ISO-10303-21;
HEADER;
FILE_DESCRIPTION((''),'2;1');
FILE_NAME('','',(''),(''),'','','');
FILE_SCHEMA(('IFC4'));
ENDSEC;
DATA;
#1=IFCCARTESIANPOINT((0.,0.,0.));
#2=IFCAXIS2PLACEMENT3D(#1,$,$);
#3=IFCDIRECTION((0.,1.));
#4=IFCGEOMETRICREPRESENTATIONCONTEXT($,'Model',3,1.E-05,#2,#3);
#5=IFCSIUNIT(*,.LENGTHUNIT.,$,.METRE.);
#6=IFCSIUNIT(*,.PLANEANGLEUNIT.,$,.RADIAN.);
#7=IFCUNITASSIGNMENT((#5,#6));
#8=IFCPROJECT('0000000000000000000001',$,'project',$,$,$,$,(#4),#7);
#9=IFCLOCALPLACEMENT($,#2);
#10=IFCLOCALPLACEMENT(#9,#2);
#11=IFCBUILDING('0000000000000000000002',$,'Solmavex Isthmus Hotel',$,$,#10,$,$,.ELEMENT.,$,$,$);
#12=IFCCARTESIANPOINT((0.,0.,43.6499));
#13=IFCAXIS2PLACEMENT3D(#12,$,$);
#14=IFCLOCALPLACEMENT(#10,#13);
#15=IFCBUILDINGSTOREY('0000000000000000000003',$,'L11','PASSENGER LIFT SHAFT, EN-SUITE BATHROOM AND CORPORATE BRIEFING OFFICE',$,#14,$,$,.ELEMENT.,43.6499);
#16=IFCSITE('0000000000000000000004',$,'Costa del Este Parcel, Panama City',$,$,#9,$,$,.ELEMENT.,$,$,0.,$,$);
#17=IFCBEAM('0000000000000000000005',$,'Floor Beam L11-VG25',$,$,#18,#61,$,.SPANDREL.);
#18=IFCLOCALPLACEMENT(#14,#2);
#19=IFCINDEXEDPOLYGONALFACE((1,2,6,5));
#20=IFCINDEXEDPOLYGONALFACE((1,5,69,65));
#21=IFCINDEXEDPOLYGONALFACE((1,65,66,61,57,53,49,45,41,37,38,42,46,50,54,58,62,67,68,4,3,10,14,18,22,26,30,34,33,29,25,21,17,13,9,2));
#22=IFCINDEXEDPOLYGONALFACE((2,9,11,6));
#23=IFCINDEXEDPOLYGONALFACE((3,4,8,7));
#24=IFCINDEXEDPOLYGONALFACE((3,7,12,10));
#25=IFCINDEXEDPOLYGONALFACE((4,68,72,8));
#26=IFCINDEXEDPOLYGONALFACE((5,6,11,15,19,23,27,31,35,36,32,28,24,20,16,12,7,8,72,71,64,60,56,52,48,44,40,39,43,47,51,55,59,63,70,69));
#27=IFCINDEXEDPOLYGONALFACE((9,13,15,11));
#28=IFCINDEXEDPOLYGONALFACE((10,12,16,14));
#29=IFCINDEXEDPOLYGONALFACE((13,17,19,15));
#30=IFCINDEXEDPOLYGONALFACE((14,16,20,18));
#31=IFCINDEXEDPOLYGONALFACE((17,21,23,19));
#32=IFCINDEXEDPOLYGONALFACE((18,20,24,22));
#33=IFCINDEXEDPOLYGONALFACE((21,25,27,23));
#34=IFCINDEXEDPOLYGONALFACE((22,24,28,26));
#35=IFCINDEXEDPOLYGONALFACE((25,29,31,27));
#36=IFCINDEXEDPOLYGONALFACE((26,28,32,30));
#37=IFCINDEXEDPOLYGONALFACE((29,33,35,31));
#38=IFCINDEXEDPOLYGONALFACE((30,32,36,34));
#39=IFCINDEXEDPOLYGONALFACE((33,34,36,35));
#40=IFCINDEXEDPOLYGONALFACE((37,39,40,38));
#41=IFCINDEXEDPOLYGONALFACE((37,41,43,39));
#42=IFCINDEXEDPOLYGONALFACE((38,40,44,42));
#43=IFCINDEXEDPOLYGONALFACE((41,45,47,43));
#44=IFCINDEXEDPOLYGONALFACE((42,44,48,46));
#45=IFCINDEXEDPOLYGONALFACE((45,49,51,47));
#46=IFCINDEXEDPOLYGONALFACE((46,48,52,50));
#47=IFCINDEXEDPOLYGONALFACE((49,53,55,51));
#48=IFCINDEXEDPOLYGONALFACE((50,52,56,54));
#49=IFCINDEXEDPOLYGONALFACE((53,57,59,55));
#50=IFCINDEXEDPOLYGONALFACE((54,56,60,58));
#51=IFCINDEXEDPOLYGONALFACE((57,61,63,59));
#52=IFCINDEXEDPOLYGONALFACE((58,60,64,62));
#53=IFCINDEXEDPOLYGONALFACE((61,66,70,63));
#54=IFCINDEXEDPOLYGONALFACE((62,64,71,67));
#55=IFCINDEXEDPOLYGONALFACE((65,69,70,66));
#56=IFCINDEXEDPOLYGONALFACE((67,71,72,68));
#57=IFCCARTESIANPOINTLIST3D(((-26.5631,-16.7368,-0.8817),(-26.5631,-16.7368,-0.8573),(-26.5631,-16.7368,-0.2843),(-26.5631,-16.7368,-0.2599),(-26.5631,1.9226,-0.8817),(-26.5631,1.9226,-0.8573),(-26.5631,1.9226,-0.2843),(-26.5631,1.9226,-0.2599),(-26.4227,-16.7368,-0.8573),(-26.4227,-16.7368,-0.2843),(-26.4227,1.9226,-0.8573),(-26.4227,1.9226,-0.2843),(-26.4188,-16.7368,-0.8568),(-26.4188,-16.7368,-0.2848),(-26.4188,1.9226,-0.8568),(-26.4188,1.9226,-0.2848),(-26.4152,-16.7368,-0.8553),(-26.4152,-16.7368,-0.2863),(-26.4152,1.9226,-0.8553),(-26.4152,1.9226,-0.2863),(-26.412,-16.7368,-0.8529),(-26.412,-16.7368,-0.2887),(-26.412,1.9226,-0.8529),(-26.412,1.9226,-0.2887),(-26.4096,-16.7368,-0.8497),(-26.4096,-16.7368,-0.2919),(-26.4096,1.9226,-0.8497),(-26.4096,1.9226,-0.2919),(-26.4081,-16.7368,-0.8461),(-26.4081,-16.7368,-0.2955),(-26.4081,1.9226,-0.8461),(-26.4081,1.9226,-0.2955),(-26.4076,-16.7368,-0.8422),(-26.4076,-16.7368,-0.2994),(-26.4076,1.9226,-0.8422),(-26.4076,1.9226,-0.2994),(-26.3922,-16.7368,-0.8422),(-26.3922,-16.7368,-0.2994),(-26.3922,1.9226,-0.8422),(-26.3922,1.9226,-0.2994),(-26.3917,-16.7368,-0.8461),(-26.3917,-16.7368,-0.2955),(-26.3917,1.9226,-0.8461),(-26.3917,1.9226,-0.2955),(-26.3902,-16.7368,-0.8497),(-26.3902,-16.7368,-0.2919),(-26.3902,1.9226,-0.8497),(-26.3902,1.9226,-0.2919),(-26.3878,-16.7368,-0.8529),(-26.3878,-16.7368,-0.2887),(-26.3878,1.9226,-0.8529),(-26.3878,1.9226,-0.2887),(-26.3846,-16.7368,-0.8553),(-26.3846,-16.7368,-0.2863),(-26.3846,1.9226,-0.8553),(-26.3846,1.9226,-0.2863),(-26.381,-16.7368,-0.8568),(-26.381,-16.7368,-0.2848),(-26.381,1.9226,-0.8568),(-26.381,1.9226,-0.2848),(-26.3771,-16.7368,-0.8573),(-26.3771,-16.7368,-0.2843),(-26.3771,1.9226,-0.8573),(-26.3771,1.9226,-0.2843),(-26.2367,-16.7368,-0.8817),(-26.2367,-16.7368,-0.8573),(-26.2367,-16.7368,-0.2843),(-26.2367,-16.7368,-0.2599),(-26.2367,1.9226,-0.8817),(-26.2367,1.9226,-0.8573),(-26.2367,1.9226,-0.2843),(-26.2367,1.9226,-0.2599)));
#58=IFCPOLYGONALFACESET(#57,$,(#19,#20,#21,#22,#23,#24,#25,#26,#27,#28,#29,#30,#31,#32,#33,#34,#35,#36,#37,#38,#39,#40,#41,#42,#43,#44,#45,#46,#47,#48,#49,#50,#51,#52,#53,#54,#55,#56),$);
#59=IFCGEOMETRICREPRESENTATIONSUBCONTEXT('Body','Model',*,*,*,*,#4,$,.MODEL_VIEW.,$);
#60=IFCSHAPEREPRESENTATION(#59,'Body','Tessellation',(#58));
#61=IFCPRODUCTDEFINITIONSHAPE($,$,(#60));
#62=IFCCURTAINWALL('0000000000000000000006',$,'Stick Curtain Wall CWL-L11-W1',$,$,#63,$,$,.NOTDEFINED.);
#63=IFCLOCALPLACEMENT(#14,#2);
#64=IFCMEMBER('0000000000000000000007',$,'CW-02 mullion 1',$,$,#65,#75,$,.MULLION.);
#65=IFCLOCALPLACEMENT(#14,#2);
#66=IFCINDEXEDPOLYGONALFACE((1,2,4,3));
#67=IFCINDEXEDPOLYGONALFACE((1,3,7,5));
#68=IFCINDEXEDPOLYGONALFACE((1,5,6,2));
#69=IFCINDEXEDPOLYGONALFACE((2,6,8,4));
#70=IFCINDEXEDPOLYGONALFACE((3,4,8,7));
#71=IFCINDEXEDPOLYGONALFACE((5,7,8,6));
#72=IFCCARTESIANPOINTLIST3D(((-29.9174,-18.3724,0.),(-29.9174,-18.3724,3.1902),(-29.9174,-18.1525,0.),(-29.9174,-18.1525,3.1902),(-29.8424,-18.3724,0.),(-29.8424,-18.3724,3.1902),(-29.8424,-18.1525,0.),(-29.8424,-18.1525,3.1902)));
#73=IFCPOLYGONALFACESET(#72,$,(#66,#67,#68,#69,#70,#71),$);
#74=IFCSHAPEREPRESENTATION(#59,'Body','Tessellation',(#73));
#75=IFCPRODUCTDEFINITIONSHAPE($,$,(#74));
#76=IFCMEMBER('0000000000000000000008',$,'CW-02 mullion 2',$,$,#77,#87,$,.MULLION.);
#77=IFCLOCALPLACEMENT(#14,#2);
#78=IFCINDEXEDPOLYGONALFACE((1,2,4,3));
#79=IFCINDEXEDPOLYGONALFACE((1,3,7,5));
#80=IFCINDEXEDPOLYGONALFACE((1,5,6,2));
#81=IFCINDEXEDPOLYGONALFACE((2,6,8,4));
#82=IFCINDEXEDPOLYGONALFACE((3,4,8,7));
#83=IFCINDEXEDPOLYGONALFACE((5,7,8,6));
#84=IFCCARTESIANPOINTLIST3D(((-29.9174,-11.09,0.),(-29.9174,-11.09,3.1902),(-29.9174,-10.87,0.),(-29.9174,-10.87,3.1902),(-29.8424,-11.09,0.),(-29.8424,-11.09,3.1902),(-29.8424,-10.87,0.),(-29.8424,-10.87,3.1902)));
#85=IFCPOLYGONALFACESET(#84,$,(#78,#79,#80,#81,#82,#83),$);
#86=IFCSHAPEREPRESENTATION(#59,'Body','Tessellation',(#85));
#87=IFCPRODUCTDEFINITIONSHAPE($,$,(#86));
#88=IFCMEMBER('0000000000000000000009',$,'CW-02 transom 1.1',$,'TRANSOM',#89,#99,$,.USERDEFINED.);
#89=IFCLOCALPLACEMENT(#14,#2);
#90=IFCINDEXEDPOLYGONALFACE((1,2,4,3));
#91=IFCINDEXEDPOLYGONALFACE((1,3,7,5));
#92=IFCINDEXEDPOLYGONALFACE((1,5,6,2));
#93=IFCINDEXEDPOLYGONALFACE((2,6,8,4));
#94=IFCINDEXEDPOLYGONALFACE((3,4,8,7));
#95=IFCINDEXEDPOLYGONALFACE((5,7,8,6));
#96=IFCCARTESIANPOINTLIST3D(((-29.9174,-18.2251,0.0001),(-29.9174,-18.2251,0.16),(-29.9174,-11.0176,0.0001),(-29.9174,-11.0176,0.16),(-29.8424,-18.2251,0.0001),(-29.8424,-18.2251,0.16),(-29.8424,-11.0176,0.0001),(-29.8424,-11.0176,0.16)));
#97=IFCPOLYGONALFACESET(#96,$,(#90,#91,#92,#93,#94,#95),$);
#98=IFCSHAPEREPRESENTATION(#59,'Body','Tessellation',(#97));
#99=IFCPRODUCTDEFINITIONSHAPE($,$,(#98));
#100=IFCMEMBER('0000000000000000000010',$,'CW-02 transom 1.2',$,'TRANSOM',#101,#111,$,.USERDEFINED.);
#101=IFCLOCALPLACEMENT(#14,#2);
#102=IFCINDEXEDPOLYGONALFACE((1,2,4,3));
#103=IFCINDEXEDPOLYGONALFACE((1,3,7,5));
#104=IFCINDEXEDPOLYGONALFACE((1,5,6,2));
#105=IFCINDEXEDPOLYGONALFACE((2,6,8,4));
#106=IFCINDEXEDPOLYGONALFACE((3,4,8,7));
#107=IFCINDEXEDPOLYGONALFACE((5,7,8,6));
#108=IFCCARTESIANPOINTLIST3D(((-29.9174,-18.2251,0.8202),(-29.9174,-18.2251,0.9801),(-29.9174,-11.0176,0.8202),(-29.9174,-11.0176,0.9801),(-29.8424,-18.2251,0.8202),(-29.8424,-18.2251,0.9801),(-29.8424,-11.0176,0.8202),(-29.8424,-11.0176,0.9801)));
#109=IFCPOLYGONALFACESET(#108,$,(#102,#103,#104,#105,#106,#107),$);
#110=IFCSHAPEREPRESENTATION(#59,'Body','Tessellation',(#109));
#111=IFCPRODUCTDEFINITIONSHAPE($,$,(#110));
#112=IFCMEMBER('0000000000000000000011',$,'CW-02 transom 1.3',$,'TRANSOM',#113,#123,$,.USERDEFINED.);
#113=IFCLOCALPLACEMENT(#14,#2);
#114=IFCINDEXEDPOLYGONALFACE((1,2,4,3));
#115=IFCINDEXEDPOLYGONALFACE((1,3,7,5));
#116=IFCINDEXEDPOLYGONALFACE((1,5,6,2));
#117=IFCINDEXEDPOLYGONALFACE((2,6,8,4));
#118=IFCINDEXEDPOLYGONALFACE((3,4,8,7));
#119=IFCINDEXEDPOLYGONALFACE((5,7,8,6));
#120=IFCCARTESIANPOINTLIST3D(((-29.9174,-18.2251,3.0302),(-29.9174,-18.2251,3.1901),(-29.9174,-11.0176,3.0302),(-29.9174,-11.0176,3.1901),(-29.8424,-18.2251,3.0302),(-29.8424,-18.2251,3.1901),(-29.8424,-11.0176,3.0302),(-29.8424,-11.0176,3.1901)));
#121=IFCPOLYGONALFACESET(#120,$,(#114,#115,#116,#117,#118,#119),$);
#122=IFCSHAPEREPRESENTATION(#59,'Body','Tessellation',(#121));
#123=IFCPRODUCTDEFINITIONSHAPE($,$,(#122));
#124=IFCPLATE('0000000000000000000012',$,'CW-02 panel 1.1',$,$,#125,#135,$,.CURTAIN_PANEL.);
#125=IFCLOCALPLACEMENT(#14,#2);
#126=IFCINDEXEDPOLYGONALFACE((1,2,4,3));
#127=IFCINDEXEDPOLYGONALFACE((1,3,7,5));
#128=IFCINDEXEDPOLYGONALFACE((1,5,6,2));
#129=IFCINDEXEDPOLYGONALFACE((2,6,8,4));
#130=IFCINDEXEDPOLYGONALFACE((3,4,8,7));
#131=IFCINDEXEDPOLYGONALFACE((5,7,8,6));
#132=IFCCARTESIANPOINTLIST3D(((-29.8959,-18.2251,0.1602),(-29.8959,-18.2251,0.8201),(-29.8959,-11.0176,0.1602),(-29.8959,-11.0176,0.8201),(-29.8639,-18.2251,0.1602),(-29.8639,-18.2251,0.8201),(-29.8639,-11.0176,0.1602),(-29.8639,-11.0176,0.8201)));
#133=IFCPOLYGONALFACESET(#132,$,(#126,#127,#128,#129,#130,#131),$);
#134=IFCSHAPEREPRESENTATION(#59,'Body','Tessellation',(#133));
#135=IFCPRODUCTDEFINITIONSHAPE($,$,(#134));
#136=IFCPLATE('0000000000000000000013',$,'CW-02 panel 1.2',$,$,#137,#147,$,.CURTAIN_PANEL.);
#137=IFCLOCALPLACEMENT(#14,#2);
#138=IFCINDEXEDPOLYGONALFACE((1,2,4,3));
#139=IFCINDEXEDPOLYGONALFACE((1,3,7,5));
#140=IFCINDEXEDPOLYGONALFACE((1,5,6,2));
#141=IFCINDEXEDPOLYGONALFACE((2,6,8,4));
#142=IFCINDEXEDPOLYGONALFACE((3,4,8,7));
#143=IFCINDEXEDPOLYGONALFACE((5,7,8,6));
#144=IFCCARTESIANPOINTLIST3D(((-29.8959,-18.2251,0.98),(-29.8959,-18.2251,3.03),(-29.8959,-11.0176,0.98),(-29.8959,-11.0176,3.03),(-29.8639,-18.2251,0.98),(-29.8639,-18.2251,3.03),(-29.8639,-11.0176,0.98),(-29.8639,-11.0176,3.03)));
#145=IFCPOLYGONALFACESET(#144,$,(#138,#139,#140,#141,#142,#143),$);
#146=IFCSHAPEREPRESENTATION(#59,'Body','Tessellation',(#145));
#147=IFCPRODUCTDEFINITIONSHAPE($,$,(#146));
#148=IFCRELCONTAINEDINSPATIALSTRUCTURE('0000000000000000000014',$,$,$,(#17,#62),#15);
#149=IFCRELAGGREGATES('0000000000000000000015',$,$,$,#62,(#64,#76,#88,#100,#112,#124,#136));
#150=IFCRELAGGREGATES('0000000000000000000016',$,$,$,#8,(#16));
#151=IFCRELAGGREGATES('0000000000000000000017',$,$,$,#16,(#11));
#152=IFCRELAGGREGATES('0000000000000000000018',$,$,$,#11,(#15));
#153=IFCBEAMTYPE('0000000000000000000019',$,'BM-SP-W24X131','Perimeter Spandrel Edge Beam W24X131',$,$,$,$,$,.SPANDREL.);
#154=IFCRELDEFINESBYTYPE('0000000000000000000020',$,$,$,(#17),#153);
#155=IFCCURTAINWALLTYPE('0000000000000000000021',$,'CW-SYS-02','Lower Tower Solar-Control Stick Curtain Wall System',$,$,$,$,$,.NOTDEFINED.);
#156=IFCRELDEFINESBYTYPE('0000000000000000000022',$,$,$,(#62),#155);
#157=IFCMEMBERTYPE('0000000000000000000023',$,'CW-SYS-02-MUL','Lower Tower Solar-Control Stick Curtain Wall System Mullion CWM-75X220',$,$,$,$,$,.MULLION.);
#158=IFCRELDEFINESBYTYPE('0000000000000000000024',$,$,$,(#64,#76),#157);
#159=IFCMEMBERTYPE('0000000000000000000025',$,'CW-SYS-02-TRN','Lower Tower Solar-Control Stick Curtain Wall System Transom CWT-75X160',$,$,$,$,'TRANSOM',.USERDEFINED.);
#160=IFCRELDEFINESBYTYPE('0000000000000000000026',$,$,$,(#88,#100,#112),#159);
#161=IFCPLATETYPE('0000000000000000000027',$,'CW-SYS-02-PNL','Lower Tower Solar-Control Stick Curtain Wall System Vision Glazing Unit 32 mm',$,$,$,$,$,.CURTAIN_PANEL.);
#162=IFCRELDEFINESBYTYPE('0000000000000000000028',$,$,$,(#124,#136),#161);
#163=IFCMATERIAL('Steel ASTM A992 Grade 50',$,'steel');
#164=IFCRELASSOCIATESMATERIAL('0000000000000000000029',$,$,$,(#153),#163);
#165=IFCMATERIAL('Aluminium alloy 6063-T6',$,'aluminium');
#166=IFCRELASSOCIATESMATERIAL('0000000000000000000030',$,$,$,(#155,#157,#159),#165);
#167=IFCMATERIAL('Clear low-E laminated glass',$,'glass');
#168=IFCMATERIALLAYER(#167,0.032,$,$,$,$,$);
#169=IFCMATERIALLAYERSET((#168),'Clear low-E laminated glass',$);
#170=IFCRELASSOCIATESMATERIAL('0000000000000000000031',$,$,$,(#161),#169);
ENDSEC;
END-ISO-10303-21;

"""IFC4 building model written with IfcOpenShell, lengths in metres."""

from ifc_helpers import new_model, si_unit, direction, frame, origin, origin_2d, place, context, subcontext, project, spatial, rectangle, i_section, extrude, material, layer, layer_set, material_profile, profile_set, type_object, element, aggregate, save


model = new_model("IFC4")

# Units and contexts
model_context = context("Model", 3, precision=1e-05, world=origin(), true_north=direction((0.0, 1.0)))
body_context = subcontext(model_context, "Body", "Model", "MODEL_VIEW")
ifc_project = project(units=[si_unit("LENGTHUNIT", "METRE"), si_unit("PLANEANGLEUNIT", "RADIAN")], contexts=[model_context])

# Site, building, storey
site_placement = place(None, origin())
site = spatial("IfcSite", under=ifc_project, at=site_placement, Name="Costa del Este Parcel, Panama City", CompositionType="ELEMENT", RefElevation=0.0)
building_placement = place(site_placement, origin())
building = spatial("IfcBuilding", under=site, at=building_placement, Name="Solmavex Isthmus Hotel", CompositionType="ELEMENT")
storey_placement = place(building_placement, frame((0.0, 0.0, 43.6499)))
storey = spatial("IfcBuildingStorey", under=building, at=storey_placement, Name="L11", Description="PASSENGER LIFT SHAFT, EN-SUITE BATHROOM AND CORPORATE BRIEFING OFFICE", CompositionType="ELEMENT", Elevation=43.6499)

# Beam
ifc_material_1 = material(Name="Steel ASTM A992 Grade 50", Category="steel")
ifc_material_profile_1 = material_profile(ifc_material_1, i_section(OverallWidth=0.3264, OverallDepth=0.6218, WebThickness=0.0154, FlangeThickness=0.0244, FilletRadius=0.0151, at=origin_2d()), Name="W24X131")
ifc_profile_set_1 = profile_set([ifc_material_profile_1], Name="Steel ASTM A992 Grade 50")
beam_type_1 = type_object("IfcBeamType", Name="BM-SP-W24X131", Description="Perimeter Spandrel Edge Beam W24X131", PredefinedType="SPANDREL", material=ifc_profile_set_1)
beam_1_placement = place(storey_placement, frame((-26.3999, -16.7368, -0.5708), z_axis=(0.0, 1.0, 0.0), x_axis=(-1.0, 0.0, 0.0)))
element("IfcBeam", 1, at=beam_1_placement, inside=storey, type_object=beam_type_1, Name="Floor Beam L11-VG25", PredefinedType="SPANDREL", context=body_context, shape_type="SweptSolid", body=[
    extrude(i_section(OverallWidth=0.3264, OverallDepth=0.6218, WebThickness=0.0154, FlangeThickness=0.0244, FilletRadius=0.0151, at=origin_2d()), origin(), (0.0, 0.0, 1.0), 18.6594),
])

# Curtain wall, members, plates
ifc_material_2 = material(Name="Aluminium alloy 6063-T6", Category="aluminium")
curtain_wall_type = type_object("IfcCurtainWallType", Name="CW-SYS-02", Description="Lower Tower Solar-Control Stick Curtain Wall System", PredefinedType="NOTDEFINED", material=ifc_material_2)
curtain_wall_placement = place(storey_placement, origin())
curtain_wall = element("IfcCurtainWall", 2, at=curtain_wall_placement, inside=storey, type_object=curtain_wall_type, Name="Stick Curtain Wall CWL-L11-W1", PredefinedType="NOTDEFINED")
ifc_material_profile_2 = material_profile(ifc_material_2, rectangle(XDim=0.075, YDim=0.22, at=origin_2d()), Name="CWM-75X220")
ifc_profile_set_2 = profile_set([ifc_material_profile_2], Name="Aluminium alloy 6063-T6")
member_type_1 = type_object("IfcMemberType", Name="CW-SYS-02-MUL", Description="Lower Tower Solar-Control Stick Curtain Wall System Mullion CWM-75X220", PredefinedType="MULLION", material=ifc_profile_set_2)
member_1_placement = place(storey_placement, frame((-29.8799, -18.2625, 0.0), z_axis=(0.0, 0.0, 1.0), x_axis=(-1.0, 0.0, 0.0)))
member_1 = element("IfcMember", 3, at=member_1_placement, type_object=member_type_1, Name="CW-02 mullion 1", PredefinedType="MULLION", context=body_context, shape_type="SweptSolid", body=[
    extrude(rectangle(XDim=0.075, YDim=0.22, at=origin_2d()), origin(), (0.0, 0.0, 1.0), 3.1902),
])
member_2_placement = place(storey_placement, frame((-29.8799, -10.98, 0.0), z_axis=(0.0, 0.0, 1.0), x_axis=(-1.0, 0.0, 0.0)))
member_2 = element("IfcMember", 4, at=member_2_placement, type_object=member_type_1, Name="CW-02 mullion 2", PredefinedType="MULLION", context=body_context, shape_type="SweptSolid", body=[
    extrude(rectangle(XDim=0.075, YDim=0.22, at=origin_2d()), origin(), (0.0, 0.0, 1.0), 3.1902),
])
ifc_material_profile_3 = material_profile(ifc_material_2, rectangle(XDim=0.075, YDim=0.1599, at=origin_2d()), Name="CWT-75X160")
ifc_profile_set_3 = profile_set([ifc_material_profile_3], Name="Aluminium alloy 6063-T6")
member_type_2 = type_object("IfcMemberType", Name="CW-SYS-02-TRN", Description="Lower Tower Solar-Control Stick Curtain Wall System Transom CWT-75X160", ElementType="TRANSOM", PredefinedType="USERDEFINED", material=ifc_profile_set_3)
member_3_placement = place(storey_placement, frame((-29.8799, -18.2251, 0.0801), z_axis=(0.0, 1.0, 0.0), x_axis=(-1.0, 0.0, 0.0)))
member_3 = element("IfcMember", 5, at=member_3_placement, type_object=member_type_2, Name="CW-02 transom 1.1", ObjectType="TRANSOM", PredefinedType="USERDEFINED", context=body_context, shape_type="SweptSolid", body=[
    extrude(rectangle(XDim=0.075, YDim=0.1599, at=origin_2d()), origin(), (0.0, 0.0, 1.0), 7.2075),
])
member_4_placement = place(storey_placement, frame((-29.8799, -18.2251, 0.9001), z_axis=(0.0, 1.0, 0.0), x_axis=(-1.0, 0.0, 0.0)))
member_4 = element("IfcMember", 6, at=member_4_placement, type_object=member_type_2, Name="CW-02 transom 1.2", ObjectType="TRANSOM", PredefinedType="USERDEFINED", context=body_context, shape_type="SweptSolid", body=[
    extrude(rectangle(XDim=0.075, YDim=0.1599, at=origin_2d()), origin(), (0.0, 0.0, 1.0), 7.2075),
])
member_5_placement = place(storey_placement, frame((-29.8799, -18.2251, 3.1101), z_axis=(0.0, 1.0, 0.0), x_axis=(-1.0, 0.0, 0.0)))
member_5 = element("IfcMember", 7, at=member_5_placement, type_object=member_type_2, Name="CW-02 transom 1.3", ObjectType="TRANSOM", PredefinedType="USERDEFINED", context=body_context, shape_type="SweptSolid", body=[
    extrude(rectangle(XDim=0.075, YDim=0.1599, at=origin_2d()), origin(), (0.0, 0.0, 1.0), 7.2075),
])
ifc_material_3 = material(Name="Clear low-E laminated glass", Category="glass")
ifc_layer_1 = layer(ifc_material_3, 0.032)
ifc_layer_set_1 = layer_set([ifc_layer_1], Name="Clear low-E laminated glass")
plate_type = type_object("IfcPlateType", Name="CW-SYS-02-PNL", Description="Lower Tower Solar-Control Stick Curtain Wall System Vision Glazing Unit 32 mm", PredefinedType="CURTAIN_PANEL", material=ifc_layer_set_1)
plate_1_placement = place(storey_placement, frame((-29.8799, -14.6213, 0.1602), z_axis=(0.0, 0.0, 1.0), x_axis=(0.0, 1.0, 0.0)))
plate_1 = element("IfcPlate", 8, at=plate_1_placement, type_object=plate_type, Name="CW-02 panel 1.1", PredefinedType="CURTAIN_PANEL", context=body_context, shape_type="SweptSolid", body=[
    extrude(rectangle(XDim=7.2075, YDim=0.032, at=origin_2d()), origin(), (0.0, 0.0, 1.0), 0.6599),
])
plate_2_placement = place(storey_placement, frame((-29.8799, -14.6213, 0.98), z_axis=(0.0, 0.0, 1.0), x_axis=(0.0, 1.0, 0.0)))
plate_2 = element("IfcPlate", 9, at=plate_2_placement, type_object=plate_type, Name="CW-02 panel 1.2", PredefinedType="CURTAIN_PANEL", context=body_context, shape_type="SweptSolid", body=[
    extrude(rectangle(XDim=7.2075, YDim=0.032, at=origin_2d()), origin(), (0.0, 0.0, 1.0), 2.05),
])
aggregate(curtain_wall, [member_1, member_2, member_3, member_4, member_5, plate_1, plate_2])

save(model, "model.ifc")
